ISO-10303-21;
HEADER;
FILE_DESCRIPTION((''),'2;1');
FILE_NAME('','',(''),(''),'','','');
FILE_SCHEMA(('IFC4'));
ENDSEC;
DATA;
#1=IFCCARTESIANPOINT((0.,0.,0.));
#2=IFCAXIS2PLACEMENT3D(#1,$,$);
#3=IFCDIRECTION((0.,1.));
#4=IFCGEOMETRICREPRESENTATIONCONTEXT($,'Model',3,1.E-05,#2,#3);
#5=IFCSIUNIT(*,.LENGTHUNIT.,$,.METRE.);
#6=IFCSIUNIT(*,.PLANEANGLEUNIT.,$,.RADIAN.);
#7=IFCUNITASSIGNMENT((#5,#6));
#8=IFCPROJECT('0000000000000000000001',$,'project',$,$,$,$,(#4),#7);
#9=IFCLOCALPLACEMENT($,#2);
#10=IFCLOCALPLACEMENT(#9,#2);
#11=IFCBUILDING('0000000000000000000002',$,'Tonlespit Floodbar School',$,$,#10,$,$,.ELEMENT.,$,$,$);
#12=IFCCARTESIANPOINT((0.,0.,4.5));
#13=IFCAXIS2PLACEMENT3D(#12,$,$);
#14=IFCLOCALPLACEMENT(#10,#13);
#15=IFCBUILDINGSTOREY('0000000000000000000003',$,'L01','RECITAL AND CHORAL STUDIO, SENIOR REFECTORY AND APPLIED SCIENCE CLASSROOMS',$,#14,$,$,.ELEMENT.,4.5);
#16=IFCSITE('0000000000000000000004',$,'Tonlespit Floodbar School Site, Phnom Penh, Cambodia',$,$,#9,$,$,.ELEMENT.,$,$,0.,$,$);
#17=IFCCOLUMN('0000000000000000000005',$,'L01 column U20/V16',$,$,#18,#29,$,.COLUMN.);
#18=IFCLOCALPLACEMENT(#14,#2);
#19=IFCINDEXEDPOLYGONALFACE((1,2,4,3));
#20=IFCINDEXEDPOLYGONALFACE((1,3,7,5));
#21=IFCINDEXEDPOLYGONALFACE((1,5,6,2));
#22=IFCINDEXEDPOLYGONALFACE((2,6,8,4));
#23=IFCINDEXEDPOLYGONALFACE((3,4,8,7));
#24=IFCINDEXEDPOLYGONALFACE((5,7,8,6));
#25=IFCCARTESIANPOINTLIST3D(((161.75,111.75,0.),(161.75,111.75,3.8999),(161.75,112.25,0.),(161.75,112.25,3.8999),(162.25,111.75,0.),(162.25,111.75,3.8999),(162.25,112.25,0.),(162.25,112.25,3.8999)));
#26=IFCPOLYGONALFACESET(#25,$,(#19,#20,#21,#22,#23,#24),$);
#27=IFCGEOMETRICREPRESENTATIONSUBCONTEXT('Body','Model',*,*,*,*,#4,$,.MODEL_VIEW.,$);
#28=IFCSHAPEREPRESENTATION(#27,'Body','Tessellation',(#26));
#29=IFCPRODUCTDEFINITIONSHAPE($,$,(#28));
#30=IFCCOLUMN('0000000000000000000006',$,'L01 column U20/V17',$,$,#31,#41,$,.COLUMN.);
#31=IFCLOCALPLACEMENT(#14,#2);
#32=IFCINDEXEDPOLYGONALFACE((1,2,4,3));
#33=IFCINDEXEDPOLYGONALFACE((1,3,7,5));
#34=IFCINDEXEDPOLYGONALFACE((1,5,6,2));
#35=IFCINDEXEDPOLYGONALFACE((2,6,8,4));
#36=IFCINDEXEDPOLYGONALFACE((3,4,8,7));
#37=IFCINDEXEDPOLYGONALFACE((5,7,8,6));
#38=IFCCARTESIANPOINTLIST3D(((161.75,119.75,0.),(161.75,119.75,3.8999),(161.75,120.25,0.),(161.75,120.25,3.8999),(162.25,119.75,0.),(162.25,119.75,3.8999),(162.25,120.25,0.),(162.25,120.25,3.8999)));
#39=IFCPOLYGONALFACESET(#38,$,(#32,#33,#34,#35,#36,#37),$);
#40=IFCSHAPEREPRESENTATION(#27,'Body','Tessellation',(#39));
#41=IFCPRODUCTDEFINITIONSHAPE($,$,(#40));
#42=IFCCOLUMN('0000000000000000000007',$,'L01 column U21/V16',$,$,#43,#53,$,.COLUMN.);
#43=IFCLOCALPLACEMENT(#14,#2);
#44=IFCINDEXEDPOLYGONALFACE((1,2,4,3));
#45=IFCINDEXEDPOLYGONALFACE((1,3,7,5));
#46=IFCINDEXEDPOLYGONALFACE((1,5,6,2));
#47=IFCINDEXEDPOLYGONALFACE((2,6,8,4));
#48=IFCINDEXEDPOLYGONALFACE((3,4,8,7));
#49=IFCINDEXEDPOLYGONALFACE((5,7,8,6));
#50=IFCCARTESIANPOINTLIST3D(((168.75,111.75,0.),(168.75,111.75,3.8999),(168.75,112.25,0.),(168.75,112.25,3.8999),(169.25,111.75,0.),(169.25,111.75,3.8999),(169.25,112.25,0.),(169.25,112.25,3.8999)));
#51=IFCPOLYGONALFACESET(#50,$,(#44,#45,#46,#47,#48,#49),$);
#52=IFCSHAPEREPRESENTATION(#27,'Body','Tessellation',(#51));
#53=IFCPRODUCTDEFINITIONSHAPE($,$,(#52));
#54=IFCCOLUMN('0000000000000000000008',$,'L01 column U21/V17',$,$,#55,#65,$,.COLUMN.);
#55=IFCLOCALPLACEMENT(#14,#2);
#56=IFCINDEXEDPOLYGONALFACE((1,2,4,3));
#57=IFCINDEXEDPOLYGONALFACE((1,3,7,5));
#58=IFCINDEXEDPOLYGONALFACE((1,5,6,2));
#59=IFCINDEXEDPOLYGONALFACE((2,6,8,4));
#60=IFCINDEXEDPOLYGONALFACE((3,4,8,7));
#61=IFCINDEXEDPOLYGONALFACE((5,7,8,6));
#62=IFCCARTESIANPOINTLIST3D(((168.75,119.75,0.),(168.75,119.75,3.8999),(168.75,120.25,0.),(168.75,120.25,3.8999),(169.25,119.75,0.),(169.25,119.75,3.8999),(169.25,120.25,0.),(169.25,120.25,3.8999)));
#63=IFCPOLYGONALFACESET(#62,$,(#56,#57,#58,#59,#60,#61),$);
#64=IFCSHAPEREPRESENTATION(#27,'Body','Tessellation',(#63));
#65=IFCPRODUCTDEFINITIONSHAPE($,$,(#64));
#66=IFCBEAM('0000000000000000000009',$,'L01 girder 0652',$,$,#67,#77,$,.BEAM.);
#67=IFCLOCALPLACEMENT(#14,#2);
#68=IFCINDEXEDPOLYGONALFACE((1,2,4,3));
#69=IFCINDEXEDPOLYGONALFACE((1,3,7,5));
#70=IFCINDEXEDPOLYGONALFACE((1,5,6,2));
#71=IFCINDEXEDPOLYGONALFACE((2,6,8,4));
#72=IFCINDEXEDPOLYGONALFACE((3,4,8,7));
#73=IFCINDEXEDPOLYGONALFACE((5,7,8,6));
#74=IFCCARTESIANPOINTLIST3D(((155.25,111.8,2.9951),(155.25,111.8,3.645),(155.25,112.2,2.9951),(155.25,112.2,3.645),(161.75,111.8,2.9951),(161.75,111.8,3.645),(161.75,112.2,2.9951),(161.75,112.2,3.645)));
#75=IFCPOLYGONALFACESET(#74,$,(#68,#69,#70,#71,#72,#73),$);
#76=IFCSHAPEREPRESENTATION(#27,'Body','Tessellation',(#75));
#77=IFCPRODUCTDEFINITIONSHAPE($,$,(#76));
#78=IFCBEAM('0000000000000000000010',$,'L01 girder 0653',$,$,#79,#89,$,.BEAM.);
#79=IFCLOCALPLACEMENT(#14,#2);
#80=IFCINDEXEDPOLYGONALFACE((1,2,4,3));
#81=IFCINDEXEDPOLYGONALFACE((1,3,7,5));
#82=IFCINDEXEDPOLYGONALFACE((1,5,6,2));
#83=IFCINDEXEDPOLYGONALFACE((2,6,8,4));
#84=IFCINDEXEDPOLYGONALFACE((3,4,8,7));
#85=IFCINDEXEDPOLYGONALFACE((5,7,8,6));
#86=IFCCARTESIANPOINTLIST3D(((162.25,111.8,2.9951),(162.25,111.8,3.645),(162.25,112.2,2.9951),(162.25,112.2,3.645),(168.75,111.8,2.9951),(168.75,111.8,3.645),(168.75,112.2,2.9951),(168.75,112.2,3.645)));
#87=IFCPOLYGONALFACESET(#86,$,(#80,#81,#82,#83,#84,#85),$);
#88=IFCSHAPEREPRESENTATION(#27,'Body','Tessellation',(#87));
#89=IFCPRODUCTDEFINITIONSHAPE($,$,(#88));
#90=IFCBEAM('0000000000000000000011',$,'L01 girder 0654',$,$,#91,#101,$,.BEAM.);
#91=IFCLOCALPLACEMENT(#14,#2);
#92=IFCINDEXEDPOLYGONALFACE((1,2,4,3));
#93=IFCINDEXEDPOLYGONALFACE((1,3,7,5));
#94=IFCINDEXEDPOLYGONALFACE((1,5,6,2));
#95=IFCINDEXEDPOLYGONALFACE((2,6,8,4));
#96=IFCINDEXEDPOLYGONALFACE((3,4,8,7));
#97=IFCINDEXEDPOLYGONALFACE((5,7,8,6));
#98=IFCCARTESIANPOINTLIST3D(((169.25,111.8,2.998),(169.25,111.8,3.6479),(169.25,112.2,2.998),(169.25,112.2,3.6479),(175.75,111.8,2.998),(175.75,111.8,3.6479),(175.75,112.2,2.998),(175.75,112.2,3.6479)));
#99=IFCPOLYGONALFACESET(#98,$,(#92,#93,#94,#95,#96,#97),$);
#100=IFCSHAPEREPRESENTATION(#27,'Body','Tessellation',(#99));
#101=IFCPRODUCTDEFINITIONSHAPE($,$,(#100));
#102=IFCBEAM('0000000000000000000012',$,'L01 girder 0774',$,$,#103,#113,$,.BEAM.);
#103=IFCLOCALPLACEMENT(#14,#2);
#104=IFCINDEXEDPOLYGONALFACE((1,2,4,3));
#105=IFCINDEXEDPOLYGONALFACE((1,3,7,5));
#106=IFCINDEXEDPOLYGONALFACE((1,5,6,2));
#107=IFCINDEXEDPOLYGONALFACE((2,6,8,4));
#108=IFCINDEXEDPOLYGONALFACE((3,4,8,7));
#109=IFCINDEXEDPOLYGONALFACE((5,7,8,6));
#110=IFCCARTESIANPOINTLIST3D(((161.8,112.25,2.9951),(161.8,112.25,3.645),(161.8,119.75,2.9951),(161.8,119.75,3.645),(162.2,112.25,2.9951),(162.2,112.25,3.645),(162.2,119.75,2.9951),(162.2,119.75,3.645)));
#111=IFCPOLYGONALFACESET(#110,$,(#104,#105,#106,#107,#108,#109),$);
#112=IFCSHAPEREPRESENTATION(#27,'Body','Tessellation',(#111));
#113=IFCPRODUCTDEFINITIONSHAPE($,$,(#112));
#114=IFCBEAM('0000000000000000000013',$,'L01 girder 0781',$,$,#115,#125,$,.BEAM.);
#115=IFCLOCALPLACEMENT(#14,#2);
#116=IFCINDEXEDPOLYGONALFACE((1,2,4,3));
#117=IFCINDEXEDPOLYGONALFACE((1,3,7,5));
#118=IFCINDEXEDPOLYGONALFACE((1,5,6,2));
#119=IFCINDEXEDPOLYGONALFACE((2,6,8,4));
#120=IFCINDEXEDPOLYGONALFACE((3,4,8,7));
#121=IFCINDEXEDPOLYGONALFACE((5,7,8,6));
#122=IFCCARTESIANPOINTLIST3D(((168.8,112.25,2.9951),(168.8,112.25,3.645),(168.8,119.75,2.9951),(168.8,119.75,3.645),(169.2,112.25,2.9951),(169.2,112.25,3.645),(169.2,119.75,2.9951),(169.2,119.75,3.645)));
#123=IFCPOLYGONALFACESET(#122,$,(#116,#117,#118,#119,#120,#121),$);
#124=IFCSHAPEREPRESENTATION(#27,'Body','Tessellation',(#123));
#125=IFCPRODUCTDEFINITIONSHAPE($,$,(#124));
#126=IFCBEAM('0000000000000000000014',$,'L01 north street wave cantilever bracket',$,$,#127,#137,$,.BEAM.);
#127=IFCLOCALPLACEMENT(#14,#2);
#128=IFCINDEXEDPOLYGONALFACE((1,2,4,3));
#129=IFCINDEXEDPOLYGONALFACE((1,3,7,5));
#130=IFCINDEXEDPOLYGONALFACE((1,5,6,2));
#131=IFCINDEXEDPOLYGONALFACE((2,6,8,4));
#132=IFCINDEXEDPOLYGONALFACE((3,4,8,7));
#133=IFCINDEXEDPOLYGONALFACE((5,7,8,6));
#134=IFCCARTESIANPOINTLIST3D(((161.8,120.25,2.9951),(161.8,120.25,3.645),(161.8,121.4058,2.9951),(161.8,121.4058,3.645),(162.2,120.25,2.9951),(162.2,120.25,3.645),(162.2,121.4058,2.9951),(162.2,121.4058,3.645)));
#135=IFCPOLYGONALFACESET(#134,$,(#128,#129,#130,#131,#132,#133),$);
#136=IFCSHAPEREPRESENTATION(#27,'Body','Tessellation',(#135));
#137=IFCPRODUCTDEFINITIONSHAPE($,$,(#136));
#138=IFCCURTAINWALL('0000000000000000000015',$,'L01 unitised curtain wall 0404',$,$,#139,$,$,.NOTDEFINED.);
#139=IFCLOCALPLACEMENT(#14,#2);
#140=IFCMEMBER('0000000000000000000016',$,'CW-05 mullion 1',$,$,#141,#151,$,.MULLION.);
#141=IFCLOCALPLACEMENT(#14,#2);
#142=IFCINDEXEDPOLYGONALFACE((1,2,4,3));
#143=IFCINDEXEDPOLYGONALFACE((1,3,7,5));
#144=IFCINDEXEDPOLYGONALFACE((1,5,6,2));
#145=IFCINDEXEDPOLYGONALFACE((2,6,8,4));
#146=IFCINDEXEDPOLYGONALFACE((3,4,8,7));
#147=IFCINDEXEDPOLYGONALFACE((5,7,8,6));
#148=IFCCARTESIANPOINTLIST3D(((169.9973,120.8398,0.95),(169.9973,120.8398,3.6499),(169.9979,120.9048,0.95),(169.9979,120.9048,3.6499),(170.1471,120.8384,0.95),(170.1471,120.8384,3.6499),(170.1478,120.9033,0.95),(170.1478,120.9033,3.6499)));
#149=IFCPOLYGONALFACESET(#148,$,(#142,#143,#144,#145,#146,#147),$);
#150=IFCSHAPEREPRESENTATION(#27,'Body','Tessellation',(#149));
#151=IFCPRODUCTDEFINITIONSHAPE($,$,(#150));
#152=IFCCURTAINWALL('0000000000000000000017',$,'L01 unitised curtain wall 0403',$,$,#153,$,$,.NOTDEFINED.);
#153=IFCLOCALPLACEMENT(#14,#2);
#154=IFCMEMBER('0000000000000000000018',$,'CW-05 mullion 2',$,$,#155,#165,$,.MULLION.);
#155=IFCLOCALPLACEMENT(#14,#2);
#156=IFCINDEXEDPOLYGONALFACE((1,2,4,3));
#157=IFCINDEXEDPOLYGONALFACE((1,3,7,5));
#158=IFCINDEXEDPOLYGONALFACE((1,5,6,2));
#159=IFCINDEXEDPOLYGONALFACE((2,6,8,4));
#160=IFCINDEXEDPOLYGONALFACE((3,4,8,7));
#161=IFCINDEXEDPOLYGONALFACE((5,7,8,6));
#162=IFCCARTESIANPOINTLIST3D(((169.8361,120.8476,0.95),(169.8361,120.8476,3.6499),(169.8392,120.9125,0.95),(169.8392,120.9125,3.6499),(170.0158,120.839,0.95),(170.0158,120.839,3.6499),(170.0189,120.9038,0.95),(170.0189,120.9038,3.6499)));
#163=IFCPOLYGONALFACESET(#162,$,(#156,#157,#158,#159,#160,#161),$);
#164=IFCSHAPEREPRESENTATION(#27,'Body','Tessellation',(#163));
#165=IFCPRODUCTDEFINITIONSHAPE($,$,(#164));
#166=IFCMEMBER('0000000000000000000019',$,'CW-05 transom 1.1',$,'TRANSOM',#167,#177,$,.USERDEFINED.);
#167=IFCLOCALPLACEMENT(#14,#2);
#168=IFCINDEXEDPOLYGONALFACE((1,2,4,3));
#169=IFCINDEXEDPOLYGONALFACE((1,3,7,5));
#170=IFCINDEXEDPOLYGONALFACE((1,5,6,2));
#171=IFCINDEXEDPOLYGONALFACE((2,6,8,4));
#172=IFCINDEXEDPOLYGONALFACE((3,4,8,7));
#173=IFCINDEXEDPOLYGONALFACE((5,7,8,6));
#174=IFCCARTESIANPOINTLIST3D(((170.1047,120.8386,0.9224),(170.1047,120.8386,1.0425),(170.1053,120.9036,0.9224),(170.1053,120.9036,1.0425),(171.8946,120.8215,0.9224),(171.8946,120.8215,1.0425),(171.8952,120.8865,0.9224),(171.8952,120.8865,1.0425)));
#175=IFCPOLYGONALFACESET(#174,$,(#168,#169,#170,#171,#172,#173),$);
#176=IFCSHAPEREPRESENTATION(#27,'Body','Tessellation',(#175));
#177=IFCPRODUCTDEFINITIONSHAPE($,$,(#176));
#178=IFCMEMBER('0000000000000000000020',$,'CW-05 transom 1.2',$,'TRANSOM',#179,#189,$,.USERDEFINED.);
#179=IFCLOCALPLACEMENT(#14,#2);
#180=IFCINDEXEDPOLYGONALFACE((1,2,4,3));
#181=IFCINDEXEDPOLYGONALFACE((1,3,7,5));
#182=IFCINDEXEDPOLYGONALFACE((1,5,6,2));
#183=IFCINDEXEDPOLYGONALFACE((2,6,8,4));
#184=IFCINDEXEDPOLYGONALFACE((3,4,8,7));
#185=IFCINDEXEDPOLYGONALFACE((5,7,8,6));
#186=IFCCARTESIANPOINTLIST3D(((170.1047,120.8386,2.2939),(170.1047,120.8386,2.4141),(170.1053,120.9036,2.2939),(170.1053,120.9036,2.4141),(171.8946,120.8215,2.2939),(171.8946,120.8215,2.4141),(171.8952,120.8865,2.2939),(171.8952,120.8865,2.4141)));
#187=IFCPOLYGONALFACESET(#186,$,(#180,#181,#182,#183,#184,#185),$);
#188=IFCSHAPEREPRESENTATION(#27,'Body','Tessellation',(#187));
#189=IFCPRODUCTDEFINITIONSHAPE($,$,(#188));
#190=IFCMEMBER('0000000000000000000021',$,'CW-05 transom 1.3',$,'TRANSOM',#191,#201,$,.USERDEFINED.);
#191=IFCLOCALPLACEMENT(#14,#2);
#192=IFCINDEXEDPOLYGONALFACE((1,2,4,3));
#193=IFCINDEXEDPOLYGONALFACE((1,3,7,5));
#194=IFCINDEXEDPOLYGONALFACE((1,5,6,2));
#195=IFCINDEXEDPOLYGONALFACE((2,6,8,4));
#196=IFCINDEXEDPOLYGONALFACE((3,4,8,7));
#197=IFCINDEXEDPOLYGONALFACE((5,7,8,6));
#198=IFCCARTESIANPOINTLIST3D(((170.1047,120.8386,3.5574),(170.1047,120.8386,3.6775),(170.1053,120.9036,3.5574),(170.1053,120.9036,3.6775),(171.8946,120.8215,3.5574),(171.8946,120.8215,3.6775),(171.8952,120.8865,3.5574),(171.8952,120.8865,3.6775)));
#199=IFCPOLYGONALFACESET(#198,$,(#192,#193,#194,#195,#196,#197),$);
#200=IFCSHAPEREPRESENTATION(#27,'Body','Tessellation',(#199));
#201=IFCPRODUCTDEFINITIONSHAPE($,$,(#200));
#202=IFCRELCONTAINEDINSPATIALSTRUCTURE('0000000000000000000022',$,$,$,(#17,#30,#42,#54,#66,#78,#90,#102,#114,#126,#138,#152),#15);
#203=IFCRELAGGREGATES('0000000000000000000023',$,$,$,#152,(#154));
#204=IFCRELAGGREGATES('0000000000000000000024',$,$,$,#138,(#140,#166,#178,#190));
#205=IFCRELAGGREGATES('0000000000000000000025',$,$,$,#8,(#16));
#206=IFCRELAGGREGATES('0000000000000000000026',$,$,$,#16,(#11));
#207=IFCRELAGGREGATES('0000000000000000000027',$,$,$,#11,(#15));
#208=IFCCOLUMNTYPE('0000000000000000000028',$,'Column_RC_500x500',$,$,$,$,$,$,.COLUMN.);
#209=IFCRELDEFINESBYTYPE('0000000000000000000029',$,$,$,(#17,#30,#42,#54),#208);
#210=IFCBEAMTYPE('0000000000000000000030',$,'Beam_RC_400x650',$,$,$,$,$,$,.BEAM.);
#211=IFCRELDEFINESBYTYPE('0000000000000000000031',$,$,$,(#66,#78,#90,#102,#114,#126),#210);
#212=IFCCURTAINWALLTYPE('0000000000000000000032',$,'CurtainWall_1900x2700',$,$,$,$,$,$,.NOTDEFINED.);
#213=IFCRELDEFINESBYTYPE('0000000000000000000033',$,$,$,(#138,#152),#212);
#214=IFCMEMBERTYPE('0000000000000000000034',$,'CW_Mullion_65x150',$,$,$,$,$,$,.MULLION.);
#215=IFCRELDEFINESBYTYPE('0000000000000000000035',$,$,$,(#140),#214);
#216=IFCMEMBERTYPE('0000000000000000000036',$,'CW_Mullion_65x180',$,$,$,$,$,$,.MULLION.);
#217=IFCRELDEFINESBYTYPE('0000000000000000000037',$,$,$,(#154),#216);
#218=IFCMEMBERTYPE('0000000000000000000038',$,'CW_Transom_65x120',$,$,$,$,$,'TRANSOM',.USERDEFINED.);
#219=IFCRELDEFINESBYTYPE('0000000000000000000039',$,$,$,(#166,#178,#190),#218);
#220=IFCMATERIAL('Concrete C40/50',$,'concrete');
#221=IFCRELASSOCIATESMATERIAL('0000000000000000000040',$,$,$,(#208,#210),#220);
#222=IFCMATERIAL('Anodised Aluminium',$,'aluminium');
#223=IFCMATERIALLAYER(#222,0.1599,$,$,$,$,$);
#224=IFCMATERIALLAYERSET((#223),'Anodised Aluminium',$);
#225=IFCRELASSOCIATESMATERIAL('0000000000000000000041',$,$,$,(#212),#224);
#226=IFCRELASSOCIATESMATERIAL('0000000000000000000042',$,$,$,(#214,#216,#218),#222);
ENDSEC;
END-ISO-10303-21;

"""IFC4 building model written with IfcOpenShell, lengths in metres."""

from ifc_helpers import new_model, si_unit, direction, frame, origin, origin_2d, place, context, subcontext, project, spatial, rectangle, extrude, material, layer, layer_set, material_profile, profile_set, type_object, element, aggregate, save


model = new_model("IFC4")

# Units and contexts
model_context = context("Model", 3, precision=1e-05, world=origin(), true_north=direction((0.0, 1.0)))
body_context = subcontext(model_context, "Body", "Model", "MODEL_VIEW")
ifc_project = project(units=[si_unit("LENGTHUNIT", "METRE"), si_unit("PLANEANGLEUNIT", "RADIAN")], contexts=[model_context])

# Site, building, storey
site_placement = place(None, origin())
site = spatial("IfcSite", under=ifc_project, at=site_placement, Name="Tonlespit Floodbar School Site, Phnom Penh, Cambodia", CompositionType="ELEMENT", RefElevation=0.0)
building_placement = place(site_placement, origin())
building = spatial("IfcBuilding", under=site, at=building_placement, Name="Tonlespit Floodbar School", CompositionType="ELEMENT")
storey_placement = place(building_placement, frame((0.0, 0.0, 4.5)))
storey = spatial("IfcBuildingStorey", under=building, at=storey_placement, Name="L01", Description="RECITAL AND CHORAL STUDIO, SENIOR REFECTORY AND APPLIED SCIENCE CLASSROOMS", CompositionType="ELEMENT", Elevation=4.5)

# Columns
ifc_material_1 = material(Name="Concrete C40/50", Category="concrete")
ifc_material_profile_1 = material_profile(ifc_material_1, rectangle(XDim=0.5, YDim=0.5, at=origin_2d()), Name="RC 500x500")
ifc_profile_set_1 = profile_set([ifc_material_profile_1], Name="Concrete C40/50")
column_type = type_object("IfcColumnType", Name="Column_RC_500x500", PredefinedType="COLUMN", material=ifc_profile_set_1)
for number, where, z_axis, x_axis, name in (
    (1, (162.0, 112.0, 0.0), (0.0, 0.0, 1.0), (1.0, 0.0, 0.0), "L01 column U20/V16"),
    (2, (162.0, 120.0, 0.0), (0.0, 0.0, 1.0), (1.0, 0.0, 0.0), "L01 column U20/V17"),
    (3, (169.0, 112.0, 0.0), (0.0, 0.0, 1.0), (1.0, 0.0, 0.0), "L01 column U21/V16"),
    (4, (169.0, 120.0, 0.0), (0.0, 0.0, 1.0), (1.0, 0.0, 0.0), "L01 column U21/V17"),
):
    element("IfcColumn", number, at=place(storey_placement, frame(where, z_axis=z_axis, x_axis=x_axis)), inside=storey, type_object=column_type, Name=name, PredefinedType="COLUMN", context=body_context, shape_type="SweptSolid", body=[
        extrude(rectangle(XDim=0.5, YDim=0.5, at=origin_2d()), origin(), (0.0, 0.0, 1.0), 3.8999),
    ])

# Beams
ifc_material_profile_2 = material_profile(ifc_material_1, rectangle(XDim=0.3999, YDim=0.6499, at=origin_2d()), Name="RC 400x650")
ifc_profile_set_2 = profile_set([ifc_material_profile_2], Name="Concrete C40/50")
beam_type_1 = type_object("IfcBeamType", Name="Beam_RC_400x650", PredefinedType="BEAM", material=ifc_profile_set_2)
for number, where, z_axis, x_axis, name in (
    (5, (155.25, 112.0, 3.3201), (1.0, 0.0, 0.0), (0.0, 1.0, 0.0), "L01 girder 0652"),
    (6, (162.25, 112.0, 3.3201), (1.0, 0.0, 0.0), (0.0, 1.0, 0.0), "L01 girder 0653"),
    (7, (169.25, 112.0, 3.323), (1.0, 0.0, 0.0), (0.0, 1.0, 0.0), "L01 girder 0654"),
):
    element("IfcBeam", number, at=place(storey_placement, frame(where, z_axis=z_axis, x_axis=x_axis)), inside=storey, type_object=beam_type_1, Name=name, PredefinedType="BEAM", context=body_context, shape_type="SweptSolid", body=[
        extrude(rectangle(XDim=0.3999, YDim=0.6499, at=origin_2d()), origin(), (0.0, 0.0, 1.0), 6.5),
    ])
for number, where, z_axis, x_axis, name in (
    (8, (162.0, 112.25, 3.3201), (0.0, 1.0, 0.0), (-1.0, 0.0, 0.0), "L01 girder 0774"),
    (9, (169.0, 112.25, 3.3201), (0.0, 1.0, 0.0), (-1.0, 0.0, 0.0), "L01 girder 0781"),
):
    element("IfcBeam", number, at=place(storey_placement, frame(where, z_axis=z_axis, x_axis=x_axis)), inside=storey, type_object=beam_type_1, Name=name, PredefinedType="BEAM", context=body_context, shape_type="SweptSolid", body=[
        extrude(rectangle(XDim=0.3999, YDim=0.6499, at=origin_2d()), origin(), (0.0, 0.0, 1.0), 7.5),
    ])
beam_placement = place(storey_placement, frame((162.0, 120.25, 3.3201), z_axis=(0.0, 1.0, 0.0), x_axis=(-1.0, 0.0, 0.0)))
element("IfcBeam", 10, at=beam_placement, inside=storey, type_object=beam_type_1, Name="L01 north street wave cantilever bracket", PredefinedType="BEAM", context=body_context, shape_type="SweptSolid", body=[
    extrude(rectangle(XDim=0.3999, YDim=0.6499, at=origin_2d()), origin(), (0.0, 0.0, 1.0), 1.1558),
])

# Curtain walls, members
ifc_material_2 = material(Name="Anodised Aluminium", Category="aluminium")
ifc_layer_1 = layer(ifc_material_2, 0.1599)
ifc_layer_set_1 = layer_set([ifc_layer_1], Name="Anodised Aluminium")
curtain_wall_type = type_object("IfcCurtainWallType", Name="CurtainWall_1900x2700", PredefinedType="NOTDEFINED", material=ifc_layer_set_1)
curtain_wall_1_placement = place(storey_placement, origin())
curtain_wall_1 = element("IfcCurtainWall", 11, at=curtain_wall_1_placement, inside=storey, type_object=curtain_wall_type, Name="L01 unitised curtain wall 0404", PredefinedType="NOTDEFINED")
ifc_material_profile_3 = material_profile(ifc_material_2, rectangle(XDim=0.0649, YDim=0.1499, at=origin_2d()), Name="ALU M65x150")
ifc_profile_set_3 = profile_set([ifc_material_profile_3], Name="Anodised Aluminium")
member_type_1 = type_object("IfcMemberType", Name="CW_Mullion_65x150", PredefinedType="MULLION", material=ifc_profile_set_3)
member_1_placement = place(storey_placement, frame((170.0725, 120.8716, 0.95), z_axis=(0.0, 0.0, 1.0), x_axis=(0.009583, 0.999954, 0.0)))
member_1 = element("IfcMember", 12, at=member_1_placement, type_object=member_type_1, Name="CW-05 mullion 1", PredefinedType="MULLION", context=body_context, shape_type="SweptSolid", body=[
    extrude(rectangle(XDim=0.0649, YDim=0.1499, at=origin_2d()), origin(), (0.0, 0.0, 1.0), 2.7),
])
curtain_wall_2_placement = place(storey_placement, origin())
curtain_wall_2 = element("IfcCurtainWall", 13, at=curtain_wall_2_placement, inside=storey, type_object=curtain_wall_type, Name="L01 unitised curtain wall 0403", PredefinedType="NOTDEFINED")
ifc_material_profile_4 = material_profile(ifc_material_2, rectangle(XDim=0.0649, YDim=0.1799, at=origin_2d()), Name="ALU M65x180")
ifc_profile_set_4 = profile_set([ifc_material_profile_4], Name="Anodised Aluminium")
member_type_2 = type_object("IfcMemberType", Name="CW_Mullion_65x180", PredefinedType="MULLION", material=ifc_profile_set_4)
member_2_placement = place(storey_placement, frame((169.9275, 120.8757, 0.95), z_axis=(0.0, 0.0, 1.0), x_axis=(0.048121, 0.998842, 0.0)))
member_2 = element("IfcMember", 14, at=member_2_placement, type_object=member_type_2, Name="CW-05 mullion 2", PredefinedType="MULLION", context=body_context, shape_type="SweptSolid", body=[
    extrude(rectangle(XDim=0.0649, YDim=0.1799, at=origin_2d()), origin(), (0.0, 0.0, 1.0), 2.7),
])
aggregate(curtain_wall_2, [member_2])

# Members
ifc_material_profile_5 = material_profile(ifc_material_2, rectangle(XDim=0.0649, YDim=0.1201, at=origin_2d()), Name="ALU T65x120")
ifc_profile_set_5 = profile_set([ifc_material_profile_5], Name="Anodised Aluminium")
member_type_3 = type_object("IfcMemberType", Name="CW_Transom_65x120", ElementType="TRANSOM", PredefinedType="USERDEFINED", material=ifc_profile_set_5)
member_3_placement = place(storey_placement, frame((170.105, 120.8711, 0.9824), z_axis=(0.999954, -0.009547, 0.0), x_axis=(0.009547, 0.999954, 0.0)))
member_3 = element("IfcMember", 15, at=member_3_placement, type_object=member_type_3, Name="CW-05 transom 1.1", ObjectType="TRANSOM", PredefinedType="USERDEFINED", context=body_context, shape_type="SweptSolid", body=[
    extrude(rectangle(XDim=0.0649, YDim=0.1201, at=origin_2d()), origin(), (0.0, 0.0, 1.0), 1.79),
])
member_4_placement = place(storey_placement, frame((170.105, 120.8711, 2.354), z_axis=(0.999954, -0.009547, 0.0), x_axis=(0.009547, 0.999954, 0.0)))
member_4 = element("IfcMember", 16, at=member_4_placement, type_object=member_type_3, Name="CW-05 transom 1.2", ObjectType="TRANSOM", PredefinedType="USERDEFINED", context=body_context, shape_type="SweptSolid", body=[
    extrude(rectangle(XDim=0.0649, YDim=0.1201, at=origin_2d()), origin(), (0.0, 0.0, 1.0), 1.79),
])
member_5_placement = place(storey_placement, frame((170.105, 120.8711, 3.6174), z_axis=(0.999954, -0.009547, 0.0), x_axis=(0.009547, 0.999954, 0.0)))
member_5 = element("IfcMember", 17, at=member_5_placement, type_object=member_type_3, Name="CW-05 transom 1.3", ObjectType="TRANSOM", PredefinedType="USERDEFINED", context=body_context, shape_type="SweptSolid", body=[
    extrude(rectangle(XDim=0.0649, YDim=0.1201, at=origin_2d()), origin(), (0.0, 0.0, 1.0), 1.79),
])
aggregate(curtain_wall_1, [member_1, member_3, member_4, member_5])

save(model, "model.ifc")
